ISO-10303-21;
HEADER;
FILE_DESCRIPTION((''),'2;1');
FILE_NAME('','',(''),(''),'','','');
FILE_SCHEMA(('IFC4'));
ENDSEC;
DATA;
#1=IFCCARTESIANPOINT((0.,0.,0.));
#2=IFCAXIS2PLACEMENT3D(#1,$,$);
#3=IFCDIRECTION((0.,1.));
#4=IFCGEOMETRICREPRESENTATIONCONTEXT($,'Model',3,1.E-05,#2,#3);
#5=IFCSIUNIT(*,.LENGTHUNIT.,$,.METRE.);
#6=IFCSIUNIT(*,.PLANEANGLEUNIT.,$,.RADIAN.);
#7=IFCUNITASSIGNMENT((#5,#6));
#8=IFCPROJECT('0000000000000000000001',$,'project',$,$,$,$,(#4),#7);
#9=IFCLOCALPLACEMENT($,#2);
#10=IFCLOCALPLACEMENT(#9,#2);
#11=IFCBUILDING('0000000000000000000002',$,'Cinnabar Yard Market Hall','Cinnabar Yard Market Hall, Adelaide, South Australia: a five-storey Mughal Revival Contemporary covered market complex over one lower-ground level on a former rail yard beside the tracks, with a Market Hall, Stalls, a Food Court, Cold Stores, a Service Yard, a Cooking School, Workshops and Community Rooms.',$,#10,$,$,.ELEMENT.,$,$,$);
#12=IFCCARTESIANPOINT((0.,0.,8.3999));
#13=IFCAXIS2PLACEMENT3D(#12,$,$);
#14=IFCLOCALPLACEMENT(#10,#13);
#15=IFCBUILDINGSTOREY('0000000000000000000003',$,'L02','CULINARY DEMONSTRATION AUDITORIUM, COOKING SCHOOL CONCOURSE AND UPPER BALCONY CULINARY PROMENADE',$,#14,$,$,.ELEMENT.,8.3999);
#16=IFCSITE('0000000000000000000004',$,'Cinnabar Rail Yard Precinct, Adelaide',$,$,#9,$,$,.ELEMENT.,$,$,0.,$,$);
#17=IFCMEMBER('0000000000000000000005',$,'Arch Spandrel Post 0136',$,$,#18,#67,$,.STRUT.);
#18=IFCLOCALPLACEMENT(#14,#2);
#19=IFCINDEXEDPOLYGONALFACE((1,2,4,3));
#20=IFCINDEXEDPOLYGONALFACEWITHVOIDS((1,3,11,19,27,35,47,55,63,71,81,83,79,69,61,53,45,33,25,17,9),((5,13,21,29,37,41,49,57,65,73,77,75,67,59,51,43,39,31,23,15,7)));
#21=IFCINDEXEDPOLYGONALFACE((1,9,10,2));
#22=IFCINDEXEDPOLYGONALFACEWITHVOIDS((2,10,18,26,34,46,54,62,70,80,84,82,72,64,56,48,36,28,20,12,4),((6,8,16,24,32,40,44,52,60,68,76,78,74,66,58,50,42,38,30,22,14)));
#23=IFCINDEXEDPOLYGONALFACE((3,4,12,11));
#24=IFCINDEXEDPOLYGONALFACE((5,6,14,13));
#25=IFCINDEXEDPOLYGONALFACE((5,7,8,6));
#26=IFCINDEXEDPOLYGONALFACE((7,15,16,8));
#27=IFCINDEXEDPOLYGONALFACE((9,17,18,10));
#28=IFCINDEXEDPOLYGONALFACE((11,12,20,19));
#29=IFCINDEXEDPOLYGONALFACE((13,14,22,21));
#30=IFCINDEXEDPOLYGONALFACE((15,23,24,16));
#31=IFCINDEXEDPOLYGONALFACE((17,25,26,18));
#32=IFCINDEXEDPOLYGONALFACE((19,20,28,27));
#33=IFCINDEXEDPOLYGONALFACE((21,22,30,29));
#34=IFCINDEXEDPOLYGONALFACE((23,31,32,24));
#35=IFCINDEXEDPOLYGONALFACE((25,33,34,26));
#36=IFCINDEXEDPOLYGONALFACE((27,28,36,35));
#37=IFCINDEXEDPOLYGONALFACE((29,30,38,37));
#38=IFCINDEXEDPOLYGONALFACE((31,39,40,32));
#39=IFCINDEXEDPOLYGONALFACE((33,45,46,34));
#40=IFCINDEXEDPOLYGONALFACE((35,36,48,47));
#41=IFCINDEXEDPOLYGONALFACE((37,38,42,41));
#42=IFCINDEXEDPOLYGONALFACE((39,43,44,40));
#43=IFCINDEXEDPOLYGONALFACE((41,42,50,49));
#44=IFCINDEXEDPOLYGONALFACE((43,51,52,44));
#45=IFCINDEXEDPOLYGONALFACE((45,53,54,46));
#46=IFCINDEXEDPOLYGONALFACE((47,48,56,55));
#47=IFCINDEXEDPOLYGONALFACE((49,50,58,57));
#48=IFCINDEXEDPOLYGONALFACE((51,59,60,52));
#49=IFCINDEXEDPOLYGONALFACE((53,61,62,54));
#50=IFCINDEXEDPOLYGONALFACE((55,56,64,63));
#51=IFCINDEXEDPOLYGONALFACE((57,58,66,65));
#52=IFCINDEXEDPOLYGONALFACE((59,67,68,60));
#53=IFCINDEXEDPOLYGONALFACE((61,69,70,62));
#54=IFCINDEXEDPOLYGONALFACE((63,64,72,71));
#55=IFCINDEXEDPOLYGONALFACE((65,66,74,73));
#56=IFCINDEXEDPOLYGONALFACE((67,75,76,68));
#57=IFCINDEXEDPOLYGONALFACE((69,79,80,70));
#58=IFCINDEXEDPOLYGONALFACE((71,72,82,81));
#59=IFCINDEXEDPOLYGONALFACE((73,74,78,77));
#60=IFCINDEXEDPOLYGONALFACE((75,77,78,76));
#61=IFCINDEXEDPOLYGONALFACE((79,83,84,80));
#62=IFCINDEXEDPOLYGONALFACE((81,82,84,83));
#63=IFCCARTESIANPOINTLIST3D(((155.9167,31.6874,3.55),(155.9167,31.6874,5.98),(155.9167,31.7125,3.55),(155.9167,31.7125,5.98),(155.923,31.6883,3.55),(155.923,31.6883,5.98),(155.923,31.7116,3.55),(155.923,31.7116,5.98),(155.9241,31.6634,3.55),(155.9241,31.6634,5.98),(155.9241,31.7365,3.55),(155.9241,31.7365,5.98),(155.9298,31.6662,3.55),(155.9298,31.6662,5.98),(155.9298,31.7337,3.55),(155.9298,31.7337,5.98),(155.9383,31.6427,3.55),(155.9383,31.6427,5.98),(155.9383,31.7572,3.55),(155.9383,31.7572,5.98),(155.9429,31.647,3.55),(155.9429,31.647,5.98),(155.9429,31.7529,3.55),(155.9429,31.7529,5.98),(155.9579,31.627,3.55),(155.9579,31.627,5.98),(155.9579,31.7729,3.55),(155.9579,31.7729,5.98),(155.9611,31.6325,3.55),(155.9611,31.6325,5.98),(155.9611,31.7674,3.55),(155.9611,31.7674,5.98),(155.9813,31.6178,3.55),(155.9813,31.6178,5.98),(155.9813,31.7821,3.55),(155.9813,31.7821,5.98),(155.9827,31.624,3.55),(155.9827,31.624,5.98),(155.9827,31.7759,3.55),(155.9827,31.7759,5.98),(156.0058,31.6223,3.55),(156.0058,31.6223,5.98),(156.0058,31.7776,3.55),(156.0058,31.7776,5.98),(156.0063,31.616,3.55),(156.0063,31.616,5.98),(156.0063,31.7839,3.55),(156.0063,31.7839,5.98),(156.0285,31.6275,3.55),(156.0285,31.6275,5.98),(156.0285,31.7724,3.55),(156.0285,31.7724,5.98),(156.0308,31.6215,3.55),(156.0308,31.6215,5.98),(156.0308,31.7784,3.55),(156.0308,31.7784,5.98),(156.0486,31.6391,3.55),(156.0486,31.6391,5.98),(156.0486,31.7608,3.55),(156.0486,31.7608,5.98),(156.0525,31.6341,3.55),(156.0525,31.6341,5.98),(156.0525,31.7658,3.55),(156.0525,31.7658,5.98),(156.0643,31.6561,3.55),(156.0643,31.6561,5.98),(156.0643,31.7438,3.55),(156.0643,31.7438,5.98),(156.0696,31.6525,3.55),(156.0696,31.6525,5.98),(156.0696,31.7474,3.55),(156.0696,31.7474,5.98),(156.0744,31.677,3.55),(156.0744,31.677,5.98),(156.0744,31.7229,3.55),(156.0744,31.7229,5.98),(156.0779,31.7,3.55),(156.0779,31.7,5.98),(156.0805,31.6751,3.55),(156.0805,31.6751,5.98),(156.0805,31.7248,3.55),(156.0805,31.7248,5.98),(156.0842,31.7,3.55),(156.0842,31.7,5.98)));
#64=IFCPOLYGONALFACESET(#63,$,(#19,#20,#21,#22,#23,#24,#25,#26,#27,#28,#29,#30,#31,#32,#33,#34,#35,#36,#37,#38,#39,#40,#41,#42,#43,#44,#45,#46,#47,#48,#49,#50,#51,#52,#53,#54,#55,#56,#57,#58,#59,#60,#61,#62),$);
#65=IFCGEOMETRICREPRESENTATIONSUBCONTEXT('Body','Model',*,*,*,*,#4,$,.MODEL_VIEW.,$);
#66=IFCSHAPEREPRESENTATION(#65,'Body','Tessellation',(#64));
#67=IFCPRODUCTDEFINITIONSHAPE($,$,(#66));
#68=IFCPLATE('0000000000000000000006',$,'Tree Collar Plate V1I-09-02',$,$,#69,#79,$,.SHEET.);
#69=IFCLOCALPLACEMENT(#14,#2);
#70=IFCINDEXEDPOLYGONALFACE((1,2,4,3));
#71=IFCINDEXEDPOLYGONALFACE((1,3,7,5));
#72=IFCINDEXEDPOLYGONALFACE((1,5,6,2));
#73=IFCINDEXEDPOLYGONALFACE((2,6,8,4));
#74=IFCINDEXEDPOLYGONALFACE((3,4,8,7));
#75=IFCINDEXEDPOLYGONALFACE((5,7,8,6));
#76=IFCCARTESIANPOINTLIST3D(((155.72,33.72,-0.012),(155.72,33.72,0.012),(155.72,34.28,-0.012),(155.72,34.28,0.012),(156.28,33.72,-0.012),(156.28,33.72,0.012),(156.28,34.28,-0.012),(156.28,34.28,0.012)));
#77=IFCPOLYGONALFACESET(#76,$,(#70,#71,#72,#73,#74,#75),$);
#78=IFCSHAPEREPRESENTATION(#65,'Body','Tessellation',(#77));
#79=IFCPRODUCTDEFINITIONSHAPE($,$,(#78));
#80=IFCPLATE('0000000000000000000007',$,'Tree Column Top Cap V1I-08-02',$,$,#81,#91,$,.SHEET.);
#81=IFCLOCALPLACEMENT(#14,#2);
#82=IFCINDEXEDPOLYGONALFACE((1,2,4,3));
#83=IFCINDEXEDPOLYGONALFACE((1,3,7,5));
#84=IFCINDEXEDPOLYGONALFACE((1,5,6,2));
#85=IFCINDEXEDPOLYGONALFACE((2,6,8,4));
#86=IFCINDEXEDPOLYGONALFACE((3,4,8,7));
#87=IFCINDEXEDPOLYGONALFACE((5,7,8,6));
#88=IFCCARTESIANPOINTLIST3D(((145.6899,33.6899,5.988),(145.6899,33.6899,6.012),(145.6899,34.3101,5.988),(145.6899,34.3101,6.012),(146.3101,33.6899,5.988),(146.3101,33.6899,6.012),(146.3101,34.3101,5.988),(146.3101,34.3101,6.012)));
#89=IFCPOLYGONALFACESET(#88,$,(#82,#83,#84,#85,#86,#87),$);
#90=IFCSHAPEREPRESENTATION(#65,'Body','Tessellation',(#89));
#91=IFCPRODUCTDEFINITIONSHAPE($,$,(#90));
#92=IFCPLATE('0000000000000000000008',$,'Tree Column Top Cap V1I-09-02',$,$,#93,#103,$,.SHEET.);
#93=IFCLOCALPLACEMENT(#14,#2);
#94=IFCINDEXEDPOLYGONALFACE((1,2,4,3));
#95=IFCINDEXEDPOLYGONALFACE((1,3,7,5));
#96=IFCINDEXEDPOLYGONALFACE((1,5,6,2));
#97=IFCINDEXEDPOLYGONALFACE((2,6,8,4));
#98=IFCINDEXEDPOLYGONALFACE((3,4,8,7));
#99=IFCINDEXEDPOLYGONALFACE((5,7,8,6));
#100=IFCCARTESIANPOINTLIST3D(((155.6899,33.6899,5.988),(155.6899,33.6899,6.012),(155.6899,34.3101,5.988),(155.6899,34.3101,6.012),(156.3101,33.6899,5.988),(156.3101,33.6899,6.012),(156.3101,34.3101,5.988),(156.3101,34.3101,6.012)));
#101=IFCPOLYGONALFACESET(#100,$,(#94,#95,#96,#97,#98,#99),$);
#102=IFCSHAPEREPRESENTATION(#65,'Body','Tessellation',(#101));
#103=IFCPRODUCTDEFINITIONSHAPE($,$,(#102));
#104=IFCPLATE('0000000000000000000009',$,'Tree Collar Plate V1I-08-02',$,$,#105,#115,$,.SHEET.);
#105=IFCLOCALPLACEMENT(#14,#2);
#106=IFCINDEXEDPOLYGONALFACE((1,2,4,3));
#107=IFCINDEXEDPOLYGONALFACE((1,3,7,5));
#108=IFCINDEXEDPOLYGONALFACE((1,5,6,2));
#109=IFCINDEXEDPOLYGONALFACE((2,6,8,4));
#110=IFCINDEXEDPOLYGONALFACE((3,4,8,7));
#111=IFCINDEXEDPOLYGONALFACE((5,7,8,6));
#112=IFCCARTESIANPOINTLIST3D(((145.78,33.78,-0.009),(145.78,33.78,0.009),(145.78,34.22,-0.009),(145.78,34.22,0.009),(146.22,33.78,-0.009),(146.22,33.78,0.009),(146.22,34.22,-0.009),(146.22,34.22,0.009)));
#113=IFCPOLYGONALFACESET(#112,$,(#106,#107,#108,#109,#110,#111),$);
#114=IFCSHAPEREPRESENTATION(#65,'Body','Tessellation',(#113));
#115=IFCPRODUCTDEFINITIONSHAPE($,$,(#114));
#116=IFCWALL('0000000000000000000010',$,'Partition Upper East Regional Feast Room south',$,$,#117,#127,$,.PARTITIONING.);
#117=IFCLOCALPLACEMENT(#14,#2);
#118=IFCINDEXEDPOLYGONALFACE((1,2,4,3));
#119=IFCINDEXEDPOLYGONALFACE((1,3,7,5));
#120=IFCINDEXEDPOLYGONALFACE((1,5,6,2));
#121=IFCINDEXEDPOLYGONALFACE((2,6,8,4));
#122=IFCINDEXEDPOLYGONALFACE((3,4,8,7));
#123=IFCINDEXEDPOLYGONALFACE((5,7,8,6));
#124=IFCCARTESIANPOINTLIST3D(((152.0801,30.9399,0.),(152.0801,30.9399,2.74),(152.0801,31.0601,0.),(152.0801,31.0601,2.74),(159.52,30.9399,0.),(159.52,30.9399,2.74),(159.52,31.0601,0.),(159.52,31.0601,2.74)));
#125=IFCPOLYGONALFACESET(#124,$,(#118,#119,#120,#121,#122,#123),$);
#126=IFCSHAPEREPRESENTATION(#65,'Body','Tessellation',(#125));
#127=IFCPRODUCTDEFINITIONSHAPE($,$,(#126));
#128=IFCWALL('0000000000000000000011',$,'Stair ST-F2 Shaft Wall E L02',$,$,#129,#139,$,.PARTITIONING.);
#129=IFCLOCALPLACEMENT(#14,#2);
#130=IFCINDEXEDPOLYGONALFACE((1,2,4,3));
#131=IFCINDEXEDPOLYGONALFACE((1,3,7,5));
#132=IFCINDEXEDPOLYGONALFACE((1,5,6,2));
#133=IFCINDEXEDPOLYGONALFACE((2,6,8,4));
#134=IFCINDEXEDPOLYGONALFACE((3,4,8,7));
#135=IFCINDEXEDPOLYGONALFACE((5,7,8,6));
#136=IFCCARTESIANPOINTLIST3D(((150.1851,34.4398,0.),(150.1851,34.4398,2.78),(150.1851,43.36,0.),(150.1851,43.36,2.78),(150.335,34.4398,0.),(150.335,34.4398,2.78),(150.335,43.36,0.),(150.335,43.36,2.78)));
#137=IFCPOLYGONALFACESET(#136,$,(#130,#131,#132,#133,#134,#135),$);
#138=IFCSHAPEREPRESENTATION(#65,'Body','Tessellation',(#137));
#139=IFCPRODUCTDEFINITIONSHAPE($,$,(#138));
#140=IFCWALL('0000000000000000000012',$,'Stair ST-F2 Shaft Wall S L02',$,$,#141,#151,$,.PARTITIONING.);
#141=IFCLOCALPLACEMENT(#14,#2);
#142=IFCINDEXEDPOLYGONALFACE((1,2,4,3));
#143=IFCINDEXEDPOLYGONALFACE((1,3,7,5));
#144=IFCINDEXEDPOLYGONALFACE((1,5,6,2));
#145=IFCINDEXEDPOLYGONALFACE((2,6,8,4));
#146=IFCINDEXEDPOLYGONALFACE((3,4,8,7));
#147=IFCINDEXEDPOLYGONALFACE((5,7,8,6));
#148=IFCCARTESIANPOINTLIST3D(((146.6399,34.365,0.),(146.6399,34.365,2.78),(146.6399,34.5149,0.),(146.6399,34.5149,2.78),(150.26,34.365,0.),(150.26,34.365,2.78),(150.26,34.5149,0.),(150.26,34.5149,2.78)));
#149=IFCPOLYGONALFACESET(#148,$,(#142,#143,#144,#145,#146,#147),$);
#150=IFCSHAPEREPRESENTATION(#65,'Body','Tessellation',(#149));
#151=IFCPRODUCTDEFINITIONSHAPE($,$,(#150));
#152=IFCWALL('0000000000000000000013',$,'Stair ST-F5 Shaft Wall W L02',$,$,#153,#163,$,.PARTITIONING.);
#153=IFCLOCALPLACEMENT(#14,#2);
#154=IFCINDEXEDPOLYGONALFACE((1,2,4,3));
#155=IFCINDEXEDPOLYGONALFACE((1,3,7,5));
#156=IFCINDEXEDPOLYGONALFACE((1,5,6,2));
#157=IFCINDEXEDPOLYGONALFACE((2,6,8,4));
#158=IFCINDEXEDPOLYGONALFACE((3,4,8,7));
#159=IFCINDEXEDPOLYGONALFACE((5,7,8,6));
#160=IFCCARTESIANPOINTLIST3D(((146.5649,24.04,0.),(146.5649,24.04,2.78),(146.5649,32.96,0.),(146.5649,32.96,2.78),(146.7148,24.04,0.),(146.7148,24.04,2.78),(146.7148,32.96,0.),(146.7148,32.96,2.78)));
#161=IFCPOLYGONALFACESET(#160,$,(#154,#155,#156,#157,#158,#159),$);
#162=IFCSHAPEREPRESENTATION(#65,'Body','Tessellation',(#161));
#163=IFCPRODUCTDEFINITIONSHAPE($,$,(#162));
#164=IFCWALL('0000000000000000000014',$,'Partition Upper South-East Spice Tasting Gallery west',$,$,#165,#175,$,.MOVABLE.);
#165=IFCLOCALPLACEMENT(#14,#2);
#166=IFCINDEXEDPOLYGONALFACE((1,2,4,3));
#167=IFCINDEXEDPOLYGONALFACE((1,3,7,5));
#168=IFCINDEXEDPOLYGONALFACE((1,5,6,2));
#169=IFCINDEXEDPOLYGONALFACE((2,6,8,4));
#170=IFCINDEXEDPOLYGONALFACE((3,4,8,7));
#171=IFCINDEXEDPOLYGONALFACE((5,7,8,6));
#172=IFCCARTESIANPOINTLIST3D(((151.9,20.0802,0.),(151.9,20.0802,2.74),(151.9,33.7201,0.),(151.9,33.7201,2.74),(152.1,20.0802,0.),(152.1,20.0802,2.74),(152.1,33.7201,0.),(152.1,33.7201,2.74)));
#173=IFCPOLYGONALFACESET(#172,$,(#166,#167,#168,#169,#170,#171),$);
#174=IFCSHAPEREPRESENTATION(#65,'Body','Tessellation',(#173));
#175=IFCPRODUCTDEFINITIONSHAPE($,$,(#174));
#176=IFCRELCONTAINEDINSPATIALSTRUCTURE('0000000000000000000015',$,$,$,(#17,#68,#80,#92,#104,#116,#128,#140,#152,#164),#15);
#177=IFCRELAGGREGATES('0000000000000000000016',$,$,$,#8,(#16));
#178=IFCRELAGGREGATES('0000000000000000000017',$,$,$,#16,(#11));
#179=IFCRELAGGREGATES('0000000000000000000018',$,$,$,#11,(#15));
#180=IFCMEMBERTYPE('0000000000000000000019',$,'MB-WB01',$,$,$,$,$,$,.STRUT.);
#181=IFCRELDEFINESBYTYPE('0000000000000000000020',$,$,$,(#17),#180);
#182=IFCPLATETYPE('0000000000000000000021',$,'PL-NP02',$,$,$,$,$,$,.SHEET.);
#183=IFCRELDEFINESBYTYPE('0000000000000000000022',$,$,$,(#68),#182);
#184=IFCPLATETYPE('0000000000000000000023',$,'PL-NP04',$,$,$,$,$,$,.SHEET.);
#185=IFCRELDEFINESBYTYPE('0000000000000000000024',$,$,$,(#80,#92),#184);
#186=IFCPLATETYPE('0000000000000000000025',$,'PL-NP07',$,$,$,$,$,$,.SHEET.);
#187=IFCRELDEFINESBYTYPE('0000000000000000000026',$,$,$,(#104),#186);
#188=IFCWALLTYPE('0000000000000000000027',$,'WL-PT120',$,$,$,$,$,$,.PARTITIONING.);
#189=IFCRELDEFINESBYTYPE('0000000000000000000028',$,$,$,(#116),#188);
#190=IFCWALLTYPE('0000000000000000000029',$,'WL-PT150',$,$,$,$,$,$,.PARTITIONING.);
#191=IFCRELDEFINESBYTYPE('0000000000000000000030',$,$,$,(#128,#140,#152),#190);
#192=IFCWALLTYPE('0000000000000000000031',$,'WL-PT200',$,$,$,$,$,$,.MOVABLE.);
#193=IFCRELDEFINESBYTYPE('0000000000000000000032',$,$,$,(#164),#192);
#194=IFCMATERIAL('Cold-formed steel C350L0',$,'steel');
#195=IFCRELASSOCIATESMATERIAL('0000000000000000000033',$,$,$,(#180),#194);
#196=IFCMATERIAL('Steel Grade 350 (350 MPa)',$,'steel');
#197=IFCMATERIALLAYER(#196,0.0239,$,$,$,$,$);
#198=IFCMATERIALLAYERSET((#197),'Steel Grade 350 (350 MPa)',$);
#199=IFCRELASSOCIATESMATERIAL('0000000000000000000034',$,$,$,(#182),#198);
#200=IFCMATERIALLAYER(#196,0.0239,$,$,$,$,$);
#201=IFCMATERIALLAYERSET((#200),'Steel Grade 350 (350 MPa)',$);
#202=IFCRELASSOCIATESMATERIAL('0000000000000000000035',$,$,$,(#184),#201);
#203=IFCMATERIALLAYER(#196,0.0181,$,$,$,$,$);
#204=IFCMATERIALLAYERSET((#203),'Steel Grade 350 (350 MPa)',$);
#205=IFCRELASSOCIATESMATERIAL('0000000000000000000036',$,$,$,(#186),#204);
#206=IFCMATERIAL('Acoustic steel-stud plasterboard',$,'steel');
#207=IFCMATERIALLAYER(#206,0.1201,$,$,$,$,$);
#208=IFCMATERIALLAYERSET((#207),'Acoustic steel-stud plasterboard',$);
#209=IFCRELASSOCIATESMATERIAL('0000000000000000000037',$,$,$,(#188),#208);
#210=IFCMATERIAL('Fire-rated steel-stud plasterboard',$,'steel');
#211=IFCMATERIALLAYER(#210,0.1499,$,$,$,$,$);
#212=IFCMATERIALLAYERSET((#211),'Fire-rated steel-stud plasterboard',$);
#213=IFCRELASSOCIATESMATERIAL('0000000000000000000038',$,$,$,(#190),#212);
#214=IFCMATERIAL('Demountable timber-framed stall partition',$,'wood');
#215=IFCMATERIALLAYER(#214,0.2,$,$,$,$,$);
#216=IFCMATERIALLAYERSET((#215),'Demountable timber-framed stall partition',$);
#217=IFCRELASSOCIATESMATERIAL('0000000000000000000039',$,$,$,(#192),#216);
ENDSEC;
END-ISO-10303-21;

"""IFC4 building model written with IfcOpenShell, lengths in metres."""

from ifc_helpers import new_model, si_unit, direction, frame, frame_2d, origin, origin_2d_with_axis, place, context, subcontext, project, spatial, rectangle, hollow_circle, extrude, material, layer, layer_set, material_profile, profile_set, type_object, element, save


model = new_model("IFC4")

# Units and contexts
model_context = context("Model", 3, precision=1e-05, world=origin(), true_north=direction((0.0, 1.0)))
body_context = subcontext(model_context, "Body", "Model", "MODEL_VIEW")
ifc_project = project(units=[si_unit("LENGTHUNIT", "METRE"), si_unit("PLANEANGLEUNIT", "RADIAN")], contexts=[model_context])

# Site, building, storey
site_placement = place(None, origin())
site = spatial("IfcSite", under=ifc_project, at=site_placement, Name="Cinnabar Rail Yard Precinct, Adelaide", CompositionType="ELEMENT", RefElevation=0.0)
building_placement = place(site_placement, origin())
building = spatial("IfcBuilding", under=site, at=building_placement, Name="Cinnabar Yard Market Hall", Description="Cinnabar Yard Market Hall, Adelaide, South Australia: a five-storey Mughal Revival Contemporary covered market complex over one lower-ground level on a former rail yard beside the tracks, with a Market Hall, Stalls, a Food Court, Cold Stores, a Service Yard, a Cooking School, Workshops and Community Rooms.", CompositionType="ELEMENT")
storey_placement = place(building_placement, frame((0.0, 0.0, 8.3999)))
storey = spatial("IfcBuildingStorey", under=building, at=storey_placement, Name="L02", Description="CULINARY DEMONSTRATION AUDITORIUM, COOKING SCHOOL CONCOURSE AND UPPER BALCONY CULINARY PROMENADE", CompositionType="ELEMENT", Elevation=8.3999)

# Shared definitions
ifc_material_1 = material(Name="Cold-formed steel C350L0", Category="steel")

# Member
ifc_material_profile_1 = material_profile(ifc_material_1, hollow_circle(Radius=0.0842, WallThickness=0.0063, at=origin_2d_with_axis()), Name="168.3x6.4CHS")
ifc_profile_set_1 = profile_set([ifc_material_profile_1], Name="Cold-formed steel C350L0")
member_type_1 = type_object("IfcMemberType", Name="MB-WB01", PredefinedType="STRUT", material=ifc_profile_set_1)
for number, where, z_axis, x_axis, name in (
    (1, (156.0, 31.7, 3.55), (0.0, 0.0, 1.0), (1.0, 0.0, 0.0), "Arch Spandrel Post 0136"),
):
    element("IfcMember", number, at=place(storey_placement, frame(where, z_axis=z_axis, x_axis=x_axis)), inside=storey, type_object=member_type_1, Name=name, PredefinedType="STRUT", context=body_context, shape_type="SweptSolid", body=[
        extrude(hollow_circle(Radius=0.0842, WallThickness=0.0063, at=origin_2d_with_axis()), origin(), (0.0, 0.0, 1.0), 2.4299),
    ])

# Plates
ifc_material_2 = material(Name="Steel Grade 350 (350 MPa)", Category="steel")
ifc_layer_1 = layer(ifc_material_2, 0.0239)
ifc_layer_set_1 = layer_set([ifc_layer_1], Name="Steel Grade 350 (350 MPa)")
plate_type_1 = type_object("IfcPlateType", Name="PL-NP02", PredefinedType="SHEET", material=ifc_layer_set_1)
plate_1_placement = place(storey_placement, frame((156.0, 34.0, -0.012), z_axis=(0.0, 0.0, 1.0), x_axis=(1.0, 0.0, 0.0)))
element("IfcPlate", 2, at=plate_1_placement, inside=storey, type_object=plate_type_1, Name="Tree Collar Plate V1I-09-02", PredefinedType="SHEET", context=body_context, shape_type="SweptSolid", body=[
    extrude(rectangle(XDim=0.5601, YDim=0.5601, at=origin_2d_with_axis()), origin(), (0.0, 0.0, 1.0), 0.0239),
])
ifc_layer_2 = layer(ifc_material_2, 0.0239)
ifc_layer_set_2 = layer_set([ifc_layer_2], Name="Steel Grade 350 (350 MPa)")
plate_type_2 = type_object("IfcPlateType", Name="PL-NP04", PredefinedType="SHEET", material=ifc_layer_set_2)
for number, where, z_axis, x_axis, name in (
    (3, (146.0, 34.0, 5.988), (0.0, 0.0, 1.0), (1.0, 0.0, 0.0), "Tree Column Top Cap V1I-08-02"),
    (4, (156.0, 34.0, 5.988), (0.0, 0.0, 1.0), (1.0, 0.0, 0.0), "Tree Column Top Cap V1I-09-02"),
):
    element("IfcPlate", number, at=place(storey_placement, frame(where, z_axis=z_axis, x_axis=x_axis)), inside=storey, type_object=plate_type_2, Name=name, PredefinedType="SHEET", context=body_context, shape_type="SweptSolid", body=[
        extrude(rectangle(XDim=0.6201, YDim=0.6201, at=origin_2d_with_axis()), origin(), (0.0, 0.0, 1.0), 0.0239),
    ])
ifc_layer_3 = layer(ifc_material_2, 0.0181)
ifc_layer_set_3 = layer_set([ifc_layer_3], Name="Steel Grade 350 (350 MPa)")
plate_type_3 = type_object("IfcPlateType", Name="PL-NP07", PredefinedType="SHEET", material=ifc_layer_set_3)
plate_2_placement = place(storey_placement, frame((146.0, 34.0, -0.009), z_axis=(0.0, 0.0, 1.0), x_axis=(1.0, 0.0, 0.0)))
element("IfcPlate", 5, at=plate_2_placement, inside=storey, type_object=plate_type_3, Name="Tree Collar Plate V1I-08-02", PredefinedType="SHEET", context=body_context, shape_type="SweptSolid", body=[
    extrude(rectangle(XDim=0.4399, YDim=0.4399, at=origin_2d_with_axis()), origin(), (0.0, 0.0, 1.0), 0.0181),
])

# Walls
ifc_material_3 = material(Name="Acoustic steel-stud plasterboard", Category="steel")
ifc_layer_4 = layer(ifc_material_3, 0.1201)
ifc_layer_set_4 = layer_set([ifc_layer_4], Name="Acoustic steel-stud plasterboard")
wall_type_1 = type_object("IfcWallType", Name="WL-PT120", PredefinedType="PARTITIONING", material=ifc_layer_set_4)
wall_1_placement = place(storey_placement, frame((152.0801, 31.0, 0.0), z_axis=(0.0, 0.0, 1.0), x_axis=(1.0, 0.0, 0.0)))
element("IfcWall", 6, at=wall_1_placement, inside=storey, type_object=wall_type_1, Name="Partition Upper East Regional Feast Room south", PredefinedType="PARTITIONING", context=body_context, shape_type="SweptSolid", body=[
    extrude(rectangle(XDim=7.4399, YDim=0.1201, at=frame_2d((3.72, 0.0), x_axis=(1.0, 0.0))), origin(), (0.0, 0.0, 1.0), 2.74),
])
ifc_material_4 = material(Name="Fire-rated steel-stud plasterboard", Category="steel")
ifc_layer_5 = layer(ifc_material_4, 0.1499)
ifc_layer_set_5 = layer_set([ifc_layer_5], Name="Fire-rated steel-stud plasterboard")
wall_type_2 = type_object("IfcWallType", Name="WL-PT150", PredefinedType="PARTITIONING", material=ifc_layer_set_5)
wall_2_placement = place(storey_placement, frame((150.26, 34.4399, 0.0), z_axis=(0.0, 0.0, 1.0), x_axis=(0.0, 1.0, 0.0)))
element("IfcWall", 7, at=wall_2_placement, inside=storey, type_object=wall_type_2, Name="Stair ST-F2 Shaft Wall E L02", PredefinedType="PARTITIONING", context=body_context, shape_type="SweptSolid", body=[
    extrude(rectangle(XDim=8.9202, YDim=0.1499, at=frame_2d((4.46, 0.0), x_axis=(1.0, 0.0))), origin(), (0.0, 0.0, 1.0), 2.78),
])
wall_3_placement = place(storey_placement, frame((146.6399, 34.4399, 0.0), z_axis=(0.0, 0.0, 1.0), x_axis=(1.0, 0.0, 0.0)))
element("IfcWall", 8, at=wall_3_placement, inside=storey, type_object=wall_type_2, Name="Stair ST-F2 Shaft Wall S L02", PredefinedType="PARTITIONING", context=body_context, shape_type="SweptSolid", body=[
    extrude(rectangle(XDim=3.6201, YDim=0.1499, at=frame_2d((1.8101, 0.0), x_axis=(1.0, 0.0))), origin(), (0.0, 0.0, 1.0), 2.78),
])
wall_4_placement = place(storey_placement, frame((146.6399, 32.96, 0.0), z_axis=(0.0, 0.0, 1.0), x_axis=(0.0, -1.0, 0.0)))
element("IfcWall", 9, at=wall_4_placement, inside=storey, type_object=wall_type_2, Name="Stair ST-F5 Shaft Wall W L02", PredefinedType="PARTITIONING", context=body_context, shape_type="SweptSolid", body=[
    extrude(rectangle(XDim=8.9199, YDim=0.1499, at=frame_2d((4.46, 0.0), x_axis=(1.0, 0.0))), origin(), (0.0, 0.0, 1.0), 2.78),
])

# Wall
ifc_material_5 = material(Name="Demountable timber-framed stall partition", Category="wood")
ifc_layer_6 = layer(ifc_material_5, 0.2)
ifc_layer_set_6 = layer_set([ifc_layer_6], Name="Demountable timber-framed stall partition")
wall_type_3 = type_object("IfcWallType", Name="WL-PT200", PredefinedType="MOVABLE", material=ifc_layer_set_6)
wall_5_placement = place(storey_placement, frame((152.0, 33.72, 0.0), z_axis=(0.0, 0.0, 1.0), x_axis=(0.0, -1.0, 0.0)))
element("IfcWall", 10, at=wall_5_placement, inside=storey, type_object=wall_type_3, Name="Partition Upper South-East Spice Tasting Gallery west", PredefinedType="MOVABLE", context=body_context, shape_type="SweptSolid", body=[
    extrude(rectangle(XDim=13.6399, YDim=0.2, at=frame_2d((6.8198, 0.0), x_axis=(1.0, 0.0))), origin(), (0.0, 0.0, 1.0), 2.74),
])

save(model, "model.ifc")
